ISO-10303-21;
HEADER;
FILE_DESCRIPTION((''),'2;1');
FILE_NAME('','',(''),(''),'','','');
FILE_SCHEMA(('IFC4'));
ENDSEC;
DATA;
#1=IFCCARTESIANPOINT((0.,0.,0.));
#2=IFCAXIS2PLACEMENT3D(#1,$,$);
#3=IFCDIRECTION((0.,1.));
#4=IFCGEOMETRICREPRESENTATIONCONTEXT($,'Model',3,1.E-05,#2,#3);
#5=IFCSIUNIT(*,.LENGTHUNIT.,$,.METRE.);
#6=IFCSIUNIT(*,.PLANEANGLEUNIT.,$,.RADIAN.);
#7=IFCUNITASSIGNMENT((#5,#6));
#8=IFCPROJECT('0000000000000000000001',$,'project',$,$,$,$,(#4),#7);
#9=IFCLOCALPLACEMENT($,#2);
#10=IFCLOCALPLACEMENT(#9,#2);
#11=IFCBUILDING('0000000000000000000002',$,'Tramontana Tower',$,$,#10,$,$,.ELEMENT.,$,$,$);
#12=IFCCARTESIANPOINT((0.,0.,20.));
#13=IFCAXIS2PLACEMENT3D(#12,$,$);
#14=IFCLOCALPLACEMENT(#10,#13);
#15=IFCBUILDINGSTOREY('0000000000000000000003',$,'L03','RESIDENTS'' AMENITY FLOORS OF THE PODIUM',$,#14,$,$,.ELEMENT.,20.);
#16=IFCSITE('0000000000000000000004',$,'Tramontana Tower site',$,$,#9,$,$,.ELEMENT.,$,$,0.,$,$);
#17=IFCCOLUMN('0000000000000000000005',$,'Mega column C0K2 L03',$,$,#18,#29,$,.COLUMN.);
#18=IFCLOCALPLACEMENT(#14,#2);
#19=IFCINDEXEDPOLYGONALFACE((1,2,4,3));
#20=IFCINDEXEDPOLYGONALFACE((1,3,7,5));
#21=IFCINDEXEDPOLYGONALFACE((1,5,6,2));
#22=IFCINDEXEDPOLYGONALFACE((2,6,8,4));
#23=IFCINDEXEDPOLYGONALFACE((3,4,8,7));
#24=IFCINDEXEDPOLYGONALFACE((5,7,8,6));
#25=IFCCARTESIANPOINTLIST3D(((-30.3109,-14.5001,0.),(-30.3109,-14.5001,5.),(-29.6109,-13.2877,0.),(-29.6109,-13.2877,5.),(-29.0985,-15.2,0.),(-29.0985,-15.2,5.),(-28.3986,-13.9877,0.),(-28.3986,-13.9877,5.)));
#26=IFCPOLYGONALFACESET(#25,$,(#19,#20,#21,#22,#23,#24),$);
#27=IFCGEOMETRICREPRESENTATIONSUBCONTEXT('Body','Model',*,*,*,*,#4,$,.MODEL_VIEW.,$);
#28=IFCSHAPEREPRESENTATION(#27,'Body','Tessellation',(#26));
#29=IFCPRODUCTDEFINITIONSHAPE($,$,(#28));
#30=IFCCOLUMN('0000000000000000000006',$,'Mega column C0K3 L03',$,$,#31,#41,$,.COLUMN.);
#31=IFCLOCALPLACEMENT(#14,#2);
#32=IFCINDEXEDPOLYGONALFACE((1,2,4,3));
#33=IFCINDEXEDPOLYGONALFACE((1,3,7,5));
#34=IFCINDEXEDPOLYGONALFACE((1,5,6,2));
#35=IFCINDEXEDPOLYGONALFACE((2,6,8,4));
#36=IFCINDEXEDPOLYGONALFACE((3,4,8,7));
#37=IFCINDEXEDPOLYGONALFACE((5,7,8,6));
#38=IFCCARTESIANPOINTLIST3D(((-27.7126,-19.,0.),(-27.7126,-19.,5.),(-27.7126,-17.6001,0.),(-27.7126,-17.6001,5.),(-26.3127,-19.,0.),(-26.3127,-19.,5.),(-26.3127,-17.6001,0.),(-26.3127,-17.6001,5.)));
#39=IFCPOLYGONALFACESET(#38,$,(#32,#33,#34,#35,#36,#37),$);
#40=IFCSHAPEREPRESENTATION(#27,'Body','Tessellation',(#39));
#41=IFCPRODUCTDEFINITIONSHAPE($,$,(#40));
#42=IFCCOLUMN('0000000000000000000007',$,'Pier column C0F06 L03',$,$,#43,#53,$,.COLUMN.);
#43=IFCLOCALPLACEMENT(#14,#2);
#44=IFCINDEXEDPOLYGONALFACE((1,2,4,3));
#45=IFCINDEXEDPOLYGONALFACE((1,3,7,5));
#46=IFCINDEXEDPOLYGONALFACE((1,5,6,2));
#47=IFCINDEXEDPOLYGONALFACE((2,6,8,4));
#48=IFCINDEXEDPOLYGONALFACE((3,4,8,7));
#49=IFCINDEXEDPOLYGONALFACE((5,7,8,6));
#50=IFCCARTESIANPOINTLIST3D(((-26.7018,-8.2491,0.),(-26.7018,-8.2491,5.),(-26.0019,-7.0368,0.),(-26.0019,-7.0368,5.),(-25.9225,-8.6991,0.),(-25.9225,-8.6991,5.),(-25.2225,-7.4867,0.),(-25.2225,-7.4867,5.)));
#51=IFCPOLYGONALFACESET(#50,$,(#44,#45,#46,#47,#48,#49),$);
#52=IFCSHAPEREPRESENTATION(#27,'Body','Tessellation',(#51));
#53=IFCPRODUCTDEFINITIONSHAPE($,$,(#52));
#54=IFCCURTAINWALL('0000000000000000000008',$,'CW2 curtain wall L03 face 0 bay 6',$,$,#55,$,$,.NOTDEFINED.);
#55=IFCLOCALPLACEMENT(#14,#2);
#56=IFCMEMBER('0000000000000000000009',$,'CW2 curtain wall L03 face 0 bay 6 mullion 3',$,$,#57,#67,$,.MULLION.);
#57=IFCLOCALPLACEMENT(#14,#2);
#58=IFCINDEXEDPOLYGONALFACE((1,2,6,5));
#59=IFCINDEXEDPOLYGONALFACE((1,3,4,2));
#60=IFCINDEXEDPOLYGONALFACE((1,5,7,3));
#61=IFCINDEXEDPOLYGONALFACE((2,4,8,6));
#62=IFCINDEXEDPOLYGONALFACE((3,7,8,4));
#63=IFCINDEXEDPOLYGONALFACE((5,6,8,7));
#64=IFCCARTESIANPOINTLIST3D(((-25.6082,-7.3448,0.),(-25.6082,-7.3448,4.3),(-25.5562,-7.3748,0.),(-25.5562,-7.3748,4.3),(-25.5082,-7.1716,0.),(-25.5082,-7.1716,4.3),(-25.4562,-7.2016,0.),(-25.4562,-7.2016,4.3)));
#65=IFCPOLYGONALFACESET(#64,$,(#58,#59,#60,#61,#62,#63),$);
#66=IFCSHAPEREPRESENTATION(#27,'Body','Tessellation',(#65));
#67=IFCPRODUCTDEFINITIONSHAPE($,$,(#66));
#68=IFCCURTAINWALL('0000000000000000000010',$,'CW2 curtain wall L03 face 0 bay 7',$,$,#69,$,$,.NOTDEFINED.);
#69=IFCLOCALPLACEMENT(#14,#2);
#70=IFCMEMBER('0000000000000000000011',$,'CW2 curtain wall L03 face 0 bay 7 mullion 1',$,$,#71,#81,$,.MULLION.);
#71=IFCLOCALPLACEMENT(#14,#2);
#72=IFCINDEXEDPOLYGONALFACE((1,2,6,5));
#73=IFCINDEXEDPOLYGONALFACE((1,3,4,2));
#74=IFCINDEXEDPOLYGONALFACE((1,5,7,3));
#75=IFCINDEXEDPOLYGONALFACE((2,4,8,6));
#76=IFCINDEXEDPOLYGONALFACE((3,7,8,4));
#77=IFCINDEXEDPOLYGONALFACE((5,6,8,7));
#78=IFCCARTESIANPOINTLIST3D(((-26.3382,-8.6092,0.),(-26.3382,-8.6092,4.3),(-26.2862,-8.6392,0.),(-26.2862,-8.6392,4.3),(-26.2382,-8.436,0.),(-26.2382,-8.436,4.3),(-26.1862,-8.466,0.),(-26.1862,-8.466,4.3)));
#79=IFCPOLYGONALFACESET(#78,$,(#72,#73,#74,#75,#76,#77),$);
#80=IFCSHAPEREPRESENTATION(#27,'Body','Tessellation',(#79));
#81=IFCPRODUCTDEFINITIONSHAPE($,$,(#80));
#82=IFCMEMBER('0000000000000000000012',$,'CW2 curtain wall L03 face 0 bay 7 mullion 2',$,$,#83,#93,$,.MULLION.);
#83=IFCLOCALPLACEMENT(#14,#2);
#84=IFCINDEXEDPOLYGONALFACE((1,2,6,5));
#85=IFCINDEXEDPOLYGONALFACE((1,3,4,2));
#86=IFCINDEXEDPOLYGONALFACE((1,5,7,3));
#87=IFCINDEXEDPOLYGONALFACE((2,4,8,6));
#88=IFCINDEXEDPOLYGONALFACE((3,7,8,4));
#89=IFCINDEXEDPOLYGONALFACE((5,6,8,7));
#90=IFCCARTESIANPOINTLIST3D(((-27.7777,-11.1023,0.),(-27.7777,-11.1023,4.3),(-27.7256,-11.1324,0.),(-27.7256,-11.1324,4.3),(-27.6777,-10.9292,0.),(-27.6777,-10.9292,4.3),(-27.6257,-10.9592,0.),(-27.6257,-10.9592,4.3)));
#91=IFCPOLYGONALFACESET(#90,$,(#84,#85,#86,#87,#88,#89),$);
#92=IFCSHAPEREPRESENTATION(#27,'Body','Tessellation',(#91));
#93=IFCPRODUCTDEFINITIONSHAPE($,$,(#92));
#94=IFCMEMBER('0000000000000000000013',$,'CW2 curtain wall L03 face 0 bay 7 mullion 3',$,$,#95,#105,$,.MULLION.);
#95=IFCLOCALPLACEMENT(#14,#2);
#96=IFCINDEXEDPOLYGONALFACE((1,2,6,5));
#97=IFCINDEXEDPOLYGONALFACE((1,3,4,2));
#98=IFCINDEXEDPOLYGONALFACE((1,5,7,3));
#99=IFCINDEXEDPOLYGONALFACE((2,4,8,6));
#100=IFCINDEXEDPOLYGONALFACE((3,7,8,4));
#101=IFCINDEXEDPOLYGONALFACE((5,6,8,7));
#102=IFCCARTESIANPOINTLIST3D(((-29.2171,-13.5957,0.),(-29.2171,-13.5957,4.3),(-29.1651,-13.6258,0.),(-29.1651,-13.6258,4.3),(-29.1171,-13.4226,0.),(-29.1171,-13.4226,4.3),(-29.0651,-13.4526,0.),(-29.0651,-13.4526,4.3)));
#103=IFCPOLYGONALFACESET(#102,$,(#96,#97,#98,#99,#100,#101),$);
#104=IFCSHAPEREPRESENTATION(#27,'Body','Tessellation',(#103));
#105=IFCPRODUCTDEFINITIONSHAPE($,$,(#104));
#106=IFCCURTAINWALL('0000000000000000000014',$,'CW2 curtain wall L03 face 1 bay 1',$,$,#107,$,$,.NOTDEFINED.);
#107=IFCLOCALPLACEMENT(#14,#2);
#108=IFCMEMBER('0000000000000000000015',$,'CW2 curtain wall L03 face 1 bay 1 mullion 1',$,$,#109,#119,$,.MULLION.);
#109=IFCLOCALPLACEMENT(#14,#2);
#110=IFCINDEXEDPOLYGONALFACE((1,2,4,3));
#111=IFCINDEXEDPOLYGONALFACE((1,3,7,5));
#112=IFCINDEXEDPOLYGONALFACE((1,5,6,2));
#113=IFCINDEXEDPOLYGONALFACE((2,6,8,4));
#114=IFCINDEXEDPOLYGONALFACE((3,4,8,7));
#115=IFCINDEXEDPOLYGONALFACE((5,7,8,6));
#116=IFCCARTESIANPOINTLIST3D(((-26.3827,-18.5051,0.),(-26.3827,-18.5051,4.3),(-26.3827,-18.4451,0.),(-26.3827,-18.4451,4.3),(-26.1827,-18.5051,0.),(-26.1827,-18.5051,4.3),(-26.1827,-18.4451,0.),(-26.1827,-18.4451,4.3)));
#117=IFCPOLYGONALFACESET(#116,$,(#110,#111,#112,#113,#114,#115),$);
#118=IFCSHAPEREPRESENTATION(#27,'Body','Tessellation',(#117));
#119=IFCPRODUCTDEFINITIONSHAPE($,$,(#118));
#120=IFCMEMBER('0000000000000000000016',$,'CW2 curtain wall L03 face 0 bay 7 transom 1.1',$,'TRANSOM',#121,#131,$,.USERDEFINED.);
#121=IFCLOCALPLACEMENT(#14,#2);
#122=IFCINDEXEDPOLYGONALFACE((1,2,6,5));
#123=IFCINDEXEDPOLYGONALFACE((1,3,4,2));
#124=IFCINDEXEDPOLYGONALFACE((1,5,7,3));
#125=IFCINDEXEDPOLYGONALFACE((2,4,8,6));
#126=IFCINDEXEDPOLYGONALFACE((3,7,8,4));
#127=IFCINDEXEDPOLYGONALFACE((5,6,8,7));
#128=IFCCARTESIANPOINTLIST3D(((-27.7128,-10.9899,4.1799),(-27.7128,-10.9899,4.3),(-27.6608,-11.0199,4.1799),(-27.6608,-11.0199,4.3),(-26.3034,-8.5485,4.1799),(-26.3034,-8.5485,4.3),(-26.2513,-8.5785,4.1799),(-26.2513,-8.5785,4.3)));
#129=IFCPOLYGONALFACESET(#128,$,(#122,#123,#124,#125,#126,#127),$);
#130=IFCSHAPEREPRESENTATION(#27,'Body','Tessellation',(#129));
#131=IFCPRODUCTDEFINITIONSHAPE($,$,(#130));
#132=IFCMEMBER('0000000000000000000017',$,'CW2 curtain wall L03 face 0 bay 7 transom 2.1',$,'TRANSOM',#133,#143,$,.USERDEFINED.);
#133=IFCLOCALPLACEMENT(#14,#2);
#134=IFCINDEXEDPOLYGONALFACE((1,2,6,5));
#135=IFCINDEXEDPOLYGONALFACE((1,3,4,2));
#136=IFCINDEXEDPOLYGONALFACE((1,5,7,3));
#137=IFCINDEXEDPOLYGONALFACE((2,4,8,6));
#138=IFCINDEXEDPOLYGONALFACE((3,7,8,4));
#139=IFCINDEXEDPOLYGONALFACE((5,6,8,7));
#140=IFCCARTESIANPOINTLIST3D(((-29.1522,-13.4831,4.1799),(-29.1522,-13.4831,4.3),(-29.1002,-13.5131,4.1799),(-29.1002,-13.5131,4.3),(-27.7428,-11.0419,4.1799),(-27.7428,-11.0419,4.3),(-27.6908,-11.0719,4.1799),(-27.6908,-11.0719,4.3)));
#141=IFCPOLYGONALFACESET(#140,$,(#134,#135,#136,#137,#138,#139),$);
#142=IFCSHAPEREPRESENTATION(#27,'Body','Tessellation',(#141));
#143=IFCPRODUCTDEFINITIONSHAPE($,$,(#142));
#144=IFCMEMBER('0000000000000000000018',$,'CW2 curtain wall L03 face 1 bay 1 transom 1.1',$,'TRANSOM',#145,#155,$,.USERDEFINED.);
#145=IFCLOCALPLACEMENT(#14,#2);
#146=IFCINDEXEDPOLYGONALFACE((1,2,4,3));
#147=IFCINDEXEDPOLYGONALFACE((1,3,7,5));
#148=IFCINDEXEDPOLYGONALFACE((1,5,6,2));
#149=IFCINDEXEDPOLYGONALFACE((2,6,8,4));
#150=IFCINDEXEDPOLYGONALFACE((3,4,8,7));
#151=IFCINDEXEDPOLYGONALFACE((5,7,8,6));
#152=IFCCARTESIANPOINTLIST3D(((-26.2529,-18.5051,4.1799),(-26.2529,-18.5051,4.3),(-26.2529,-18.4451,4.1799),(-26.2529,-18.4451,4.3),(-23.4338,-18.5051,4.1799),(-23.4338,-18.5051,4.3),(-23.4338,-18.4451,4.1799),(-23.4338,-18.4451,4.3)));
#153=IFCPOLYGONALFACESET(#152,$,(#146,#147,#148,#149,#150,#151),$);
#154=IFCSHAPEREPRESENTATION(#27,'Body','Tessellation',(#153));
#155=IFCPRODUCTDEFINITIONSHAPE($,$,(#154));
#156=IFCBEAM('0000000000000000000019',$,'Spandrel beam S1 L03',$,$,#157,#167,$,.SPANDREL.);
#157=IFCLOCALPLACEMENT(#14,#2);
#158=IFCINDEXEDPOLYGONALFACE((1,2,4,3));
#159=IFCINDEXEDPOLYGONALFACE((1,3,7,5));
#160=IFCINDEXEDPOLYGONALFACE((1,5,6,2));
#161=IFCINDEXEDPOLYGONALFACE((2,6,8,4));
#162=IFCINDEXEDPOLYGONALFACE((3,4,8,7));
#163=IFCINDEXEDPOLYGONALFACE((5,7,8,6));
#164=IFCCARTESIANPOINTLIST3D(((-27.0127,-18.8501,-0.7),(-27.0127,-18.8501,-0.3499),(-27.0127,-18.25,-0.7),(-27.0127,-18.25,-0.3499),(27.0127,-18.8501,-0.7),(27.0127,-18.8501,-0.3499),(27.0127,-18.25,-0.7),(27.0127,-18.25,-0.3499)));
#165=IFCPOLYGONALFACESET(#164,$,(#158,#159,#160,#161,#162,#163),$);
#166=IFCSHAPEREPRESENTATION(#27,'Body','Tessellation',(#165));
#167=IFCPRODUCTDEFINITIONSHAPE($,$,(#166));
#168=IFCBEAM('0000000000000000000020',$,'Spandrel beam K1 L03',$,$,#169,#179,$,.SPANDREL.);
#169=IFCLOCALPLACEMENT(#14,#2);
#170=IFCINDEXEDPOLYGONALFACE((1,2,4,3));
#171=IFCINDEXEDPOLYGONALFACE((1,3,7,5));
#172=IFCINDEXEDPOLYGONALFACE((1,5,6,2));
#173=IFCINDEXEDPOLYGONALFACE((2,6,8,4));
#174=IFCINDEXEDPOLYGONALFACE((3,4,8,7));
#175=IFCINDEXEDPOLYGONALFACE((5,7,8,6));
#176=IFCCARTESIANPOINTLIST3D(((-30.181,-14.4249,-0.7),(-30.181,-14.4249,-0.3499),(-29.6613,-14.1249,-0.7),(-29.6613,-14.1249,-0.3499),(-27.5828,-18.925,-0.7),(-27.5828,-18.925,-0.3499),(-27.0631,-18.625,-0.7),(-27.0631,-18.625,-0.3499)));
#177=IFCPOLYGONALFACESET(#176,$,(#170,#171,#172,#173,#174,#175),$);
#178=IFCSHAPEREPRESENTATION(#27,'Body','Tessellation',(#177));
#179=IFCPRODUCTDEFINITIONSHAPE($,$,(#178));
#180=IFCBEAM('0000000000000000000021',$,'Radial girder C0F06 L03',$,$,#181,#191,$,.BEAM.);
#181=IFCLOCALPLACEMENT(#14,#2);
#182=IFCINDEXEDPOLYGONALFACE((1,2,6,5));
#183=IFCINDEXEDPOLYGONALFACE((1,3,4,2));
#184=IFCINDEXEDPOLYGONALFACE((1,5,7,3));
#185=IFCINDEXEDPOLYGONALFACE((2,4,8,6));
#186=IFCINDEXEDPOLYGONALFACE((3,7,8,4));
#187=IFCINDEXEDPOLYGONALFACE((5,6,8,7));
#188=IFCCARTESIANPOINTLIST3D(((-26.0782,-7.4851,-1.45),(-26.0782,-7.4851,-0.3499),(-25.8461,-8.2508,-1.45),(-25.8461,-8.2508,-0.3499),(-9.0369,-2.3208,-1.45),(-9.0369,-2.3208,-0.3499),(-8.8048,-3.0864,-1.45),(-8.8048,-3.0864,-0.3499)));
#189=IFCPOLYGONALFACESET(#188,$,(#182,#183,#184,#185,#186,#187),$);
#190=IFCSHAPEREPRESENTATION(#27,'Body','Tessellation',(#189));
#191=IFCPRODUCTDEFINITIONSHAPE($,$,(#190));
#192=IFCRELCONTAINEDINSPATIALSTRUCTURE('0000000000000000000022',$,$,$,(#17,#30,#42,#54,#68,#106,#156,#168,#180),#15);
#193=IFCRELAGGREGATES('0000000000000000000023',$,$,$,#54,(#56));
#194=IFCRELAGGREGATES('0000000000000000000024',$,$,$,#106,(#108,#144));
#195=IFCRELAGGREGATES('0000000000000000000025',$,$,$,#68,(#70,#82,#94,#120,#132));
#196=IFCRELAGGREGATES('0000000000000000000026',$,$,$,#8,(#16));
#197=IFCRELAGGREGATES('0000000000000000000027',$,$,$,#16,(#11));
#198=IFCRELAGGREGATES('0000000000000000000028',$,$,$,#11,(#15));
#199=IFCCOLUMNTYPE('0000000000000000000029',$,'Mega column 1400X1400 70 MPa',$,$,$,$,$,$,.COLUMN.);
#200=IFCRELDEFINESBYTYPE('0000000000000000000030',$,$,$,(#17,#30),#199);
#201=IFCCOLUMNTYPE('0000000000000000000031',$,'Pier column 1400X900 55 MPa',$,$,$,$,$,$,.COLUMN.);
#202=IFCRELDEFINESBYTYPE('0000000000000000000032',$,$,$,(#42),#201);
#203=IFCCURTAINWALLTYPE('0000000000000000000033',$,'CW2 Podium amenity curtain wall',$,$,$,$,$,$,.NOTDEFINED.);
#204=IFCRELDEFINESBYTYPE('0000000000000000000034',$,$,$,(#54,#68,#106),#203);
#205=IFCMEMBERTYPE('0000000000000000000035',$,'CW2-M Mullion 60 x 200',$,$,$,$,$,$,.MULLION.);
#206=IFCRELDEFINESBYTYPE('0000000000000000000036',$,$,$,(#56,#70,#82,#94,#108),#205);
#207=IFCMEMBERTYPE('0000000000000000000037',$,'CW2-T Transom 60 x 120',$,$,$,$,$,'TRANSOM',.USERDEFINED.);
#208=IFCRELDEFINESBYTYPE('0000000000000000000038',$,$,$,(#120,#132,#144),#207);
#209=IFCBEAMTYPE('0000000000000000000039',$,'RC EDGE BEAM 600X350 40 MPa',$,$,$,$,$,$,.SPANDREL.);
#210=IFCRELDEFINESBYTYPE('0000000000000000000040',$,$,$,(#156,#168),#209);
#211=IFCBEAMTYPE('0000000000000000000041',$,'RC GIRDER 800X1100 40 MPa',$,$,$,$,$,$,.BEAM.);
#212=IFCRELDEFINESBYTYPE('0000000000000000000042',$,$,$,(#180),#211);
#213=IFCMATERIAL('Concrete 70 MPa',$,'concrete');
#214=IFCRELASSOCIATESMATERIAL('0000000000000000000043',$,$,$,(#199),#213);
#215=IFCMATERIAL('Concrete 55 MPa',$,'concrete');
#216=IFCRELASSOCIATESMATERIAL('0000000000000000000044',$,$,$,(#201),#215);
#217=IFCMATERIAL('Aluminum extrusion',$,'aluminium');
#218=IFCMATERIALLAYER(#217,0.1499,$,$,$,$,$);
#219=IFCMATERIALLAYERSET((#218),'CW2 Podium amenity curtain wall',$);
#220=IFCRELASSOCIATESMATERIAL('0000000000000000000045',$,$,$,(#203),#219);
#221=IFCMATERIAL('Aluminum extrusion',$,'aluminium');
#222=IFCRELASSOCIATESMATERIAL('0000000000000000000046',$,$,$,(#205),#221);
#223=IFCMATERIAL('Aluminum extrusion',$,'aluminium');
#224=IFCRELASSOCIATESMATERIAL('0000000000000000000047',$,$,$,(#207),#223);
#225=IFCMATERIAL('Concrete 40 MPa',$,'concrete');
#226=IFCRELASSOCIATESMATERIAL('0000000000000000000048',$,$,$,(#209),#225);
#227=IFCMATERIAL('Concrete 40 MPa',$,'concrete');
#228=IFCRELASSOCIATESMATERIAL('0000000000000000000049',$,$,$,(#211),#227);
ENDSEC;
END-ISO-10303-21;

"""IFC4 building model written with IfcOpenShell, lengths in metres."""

from ifc_helpers import new_model, si_unit, direction, frame, origin, origin_2d, place, context, subcontext, project, spatial, rectangle, extrude, material, layer, layer_set, material_profile, profile_set, type_object, element, aggregate, save


model = new_model("IFC4")

# Units and contexts
model_context = context("Model", 3, precision=1e-05, world=origin(), true_north=direction((0.0, 1.0)))
body_context = subcontext(model_context, "Body", "Model", "MODEL_VIEW")
ifc_project = project(units=[si_unit("LENGTHUNIT", "METRE"), si_unit("PLANEANGLEUNIT", "RADIAN")], contexts=[model_context])

# Site, building, storey
site_placement = place(None, origin())
site = spatial("IfcSite", under=ifc_project, at=site_placement, Name="Tramontana Tower site", CompositionType="ELEMENT", RefElevation=0.0)
building_placement = place(site_placement, origin())
building = spatial("IfcBuilding", under=site, at=building_placement, Name="Tramontana Tower", CompositionType="ELEMENT")
storey_placement = place(building_placement, frame((0.0, 0.0, 20.0)))
storey = spatial("IfcBuildingStorey", under=building, at=storey_placement, Name="L03", Description="RESIDENTS' AMENITY FLOORS OF THE PODIUM", CompositionType="ELEMENT", Elevation=20.0)

# Columns
ifc_material_1 = material(Name="Concrete 70 MPa", Category="concrete")
ifc_material_profile_1 = material_profile(ifc_material_1, rectangle(XDim=1.3999, YDim=1.3999, at=origin_2d()), Name="Mega column 1400X1400 70 MPa")
ifc_profile_set_1 = profile_set([ifc_material_profile_1], Name="Concrete 70 MPa")
column_type_1 = type_object("IfcColumnType", Name="Mega column 1400X1400 70 MPa", PredefinedType="COLUMN", material=ifc_profile_set_1)
for number, where, z_axis, x_axis, name in (
    (1, (-29.3547, -14.2439, 0.0), (0.0, 0.0, 1.0), (-0.5, -0.866025, 0.0), "Mega column C0K2 L03"),
    (2, (-27.0127, -18.3, 0.0), (0.0, 0.0, 1.0), (1.0, 0.0, 0.0), "Mega column C0K3 L03"),
):
    element("IfcColumn", number, at=place(storey_placement, frame(where, z_axis=z_axis, x_axis=x_axis)), inside=storey, type_object=column_type_1, Name=name, PredefinedType="COLUMN", context=body_context, shape_type="SweptSolid", body=[
        extrude(rectangle(XDim=1.3999, YDim=1.3999, at=origin_2d()), origin(), (0.0, 0.0, 1.0), 5.0),
    ])
ifc_material_2 = material(Name="Concrete 55 MPa", Category="concrete")
ifc_material_profile_2 = material_profile(ifc_material_2, rectangle(XDim=1.3999, YDim=0.8999, at=origin_2d()), Name="Pier column 1400X900 55 MPa")
ifc_profile_set_2 = profile_set([ifc_material_profile_2], Name="Concrete 55 MPa")
column_type_2 = type_object("IfcColumnType", Name="Pier column 1400X900 55 MPa", PredefinedType="COLUMN", material=ifc_profile_set_2)
column_placement = place(storey_placement, frame((-25.9622, -7.8679, 0.0), z_axis=(0.0, 0.0, 1.0), x_axis=(-0.5, -0.866025, 0.0)))
element("IfcColumn", 3, at=column_placement, inside=storey, type_object=column_type_2, Name="Pier column C0F06 L03", PredefinedType="COLUMN", context=body_context, shape_type="SweptSolid", body=[
    extrude(rectangle(XDim=1.3999, YDim=0.8999, at=origin_2d()), origin(), (0.0, 0.0, 1.0), 5.0),
])

# Curtain wall, member
ifc_material_3 = material(Name="Aluminum extrusion", Category="aluminium")
ifc_layer_1 = layer(ifc_material_3, 0.1499)
ifc_layer_set_1 = layer_set([ifc_layer_1], Name="CW2 Podium amenity curtain wall")
curtain_wall_type = type_object("IfcCurtainWallType", Name="CW2 Podium amenity curtain wall", PredefinedType="NOTDEFINED", material=ifc_layer_set_1)
curtain_wall_1_placement = place(storey_placement, origin())
curtain_wall_1 = element("IfcCurtainWall", 4, at=curtain_wall_1_placement, inside=storey, type_object=curtain_wall_type, Name="CW2 curtain wall L03 face 0 bay 6", PredefinedType="NOTDEFINED")
ifc_material_4 = material(Name="Aluminum extrusion", Category="aluminium")
ifc_material_profile_3 = material_profile(ifc_material_4, rectangle(XDim=0.0601, YDim=0.2, at=origin_2d()), Name="CW2-M Mullion 60 x 200")
ifc_profile_set_3 = profile_set([ifc_material_profile_3], Name="Aluminum extrusion")
member_type_1 = type_object("IfcMemberType", Name="CW2-M Mullion 60 x 200", PredefinedType="MULLION", material=ifc_profile_set_3)
member_1_placement = place(storey_placement, frame((-25.5322, -7.2732, 0.0), z_axis=(0.0, 0.0, 1.0), x_axis=(0.866025, -0.5, 0.0)))
member_1 = element("IfcMember", 5, at=member_1_placement, type_object=member_type_1, Name="CW2 curtain wall L03 face 0 bay 6 mullion 3", PredefinedType="MULLION", context=body_context, shape_type="SweptSolid", body=[
    extrude(rectangle(XDim=0.0601, YDim=0.2, at=origin_2d()), origin(), (0.0, 0.0, 1.0), 4.3),
])
aggregate(curtain_wall_1, [member_1])

# Curtain wall, members
curtain_wall_2_placement = place(storey_placement, origin())
curtain_wall_2 = element("IfcCurtainWall", 6, at=curtain_wall_2_placement, inside=storey, type_object=curtain_wall_type, Name="CW2 curtain wall L03 face 0 bay 7", PredefinedType="NOTDEFINED")
member_2_placement = place(storey_placement, frame((-26.2622, -8.5376, 0.0), z_axis=(0.0, 0.0, 1.0), x_axis=(0.866025, -0.5, 0.0)))
member_2 = element("IfcMember", 7, at=member_2_placement, type_object=member_type_1, Name="CW2 curtain wall L03 face 0 bay 7 mullion 1", PredefinedType="MULLION", context=body_context, shape_type="SweptSolid", body=[
    extrude(rectangle(XDim=0.0601, YDim=0.2, at=origin_2d()), origin(), (0.0, 0.0, 1.0), 4.3),
])
member_3_placement = place(storey_placement, frame((-27.7017, -11.0308, 0.0), z_axis=(0.0, 0.0, 1.0), x_axis=(0.866025, -0.5, 0.0)))
member_3 = element("IfcMember", 8, at=member_3_placement, type_object=member_type_1, Name="CW2 curtain wall L03 face 0 bay 7 mullion 2", PredefinedType="MULLION", context=body_context, shape_type="SweptSolid", body=[
    extrude(rectangle(XDim=0.0601, YDim=0.2, at=origin_2d()), origin(), (0.0, 0.0, 1.0), 4.3),
])
member_4_placement = place(storey_placement, frame((-29.1411, -13.5242, 0.0), z_axis=(0.0, 0.0, 1.0), x_axis=(0.866025, -0.5, 0.0)))
member_4 = element("IfcMember", 9, at=member_4_placement, type_object=member_type_1, Name="CW2 curtain wall L03 face 0 bay 7 mullion 3", PredefinedType="MULLION", context=body_context, shape_type="SweptSolid", body=[
    extrude(rectangle(XDim=0.0601, YDim=0.2, at=origin_2d()), origin(), (0.0, 0.0, 1.0), 4.3),
])

# Curtain wall, member
curtain_wall_3_placement = place(storey_placement, origin())
curtain_wall_3 = element("IfcCurtainWall", 10, at=curtain_wall_3_placement, inside=storey, type_object=curtain_wall_type, Name="CW2 curtain wall L03 face 1 bay 1", PredefinedType="NOTDEFINED")
member_5_placement = place(storey_placement, frame((-26.2827, -18.4751, 0.0), z_axis=(0.0, 0.0, 1.0), x_axis=(0.0, 1.0, 0.0)))
member_5 = element("IfcMember", 11, at=member_5_placement, type_object=member_type_1, Name="CW2 curtain wall L03 face 1 bay 1 mullion 1", PredefinedType="MULLION", context=body_context, shape_type="SweptSolid", body=[
    extrude(rectangle(XDim=0.0601, YDim=0.2, at=origin_2d()), origin(), (0.0, 0.0, 1.0), 4.3),
])

# Members
ifc_material_5 = material(Name="Aluminum extrusion", Category="aluminium")
ifc_material_profile_4 = material_profile(ifc_material_5, rectangle(XDim=0.0601, YDim=0.1201, at=origin_2d()), Name="CW2-T Transom 60 x 120")
ifc_profile_set_4 = profile_set([ifc_material_profile_4], Name="Aluminum extrusion")
member_type_2 = type_object("IfcMemberType", Name="CW2-T Transom 60 x 120", ElementType="TRANSOM", PredefinedType="USERDEFINED", material=ifc_profile_set_4)
member_6_placement = place(storey_placement, frame((-26.2773, -8.5635, 4.24), z_axis=(-0.499967, -0.866044, 0.0), x_axis=(0.866044, -0.499967, 0.0)))
member_6 = element("IfcMember", 12, at=member_6_placement, type_object=member_type_2, Name="CW2 curtain wall L03 face 0 bay 7 transom 1.1", ObjectType="TRANSOM", PredefinedType="USERDEFINED", context=body_context, shape_type="SweptSolid", body=[
    extrude(rectangle(XDim=0.0601, YDim=0.1201, at=origin_2d()), origin(), (0.0, 0.0, 1.0), 2.8191),
])
member_7_placement = place(storey_placement, frame((-27.7168, -11.0569, 4.24), z_axis=(-0.500005, -0.866023, 0.0), x_axis=(0.866023, -0.500005, 0.0)))
member_7 = element("IfcMember", 13, at=member_7_placement, type_object=member_type_2, Name="CW2 curtain wall L03 face 0 bay 7 transom 2.1", ObjectType="TRANSOM", PredefinedType="USERDEFINED", context=body_context, shape_type="SweptSolid", body=[
    extrude(rectangle(XDim=0.0601, YDim=0.1201, at=origin_2d()), origin(), (0.0, 0.0, 1.0), 2.8188),
])
member_8_placement = place(storey_placement, frame((-26.2529, -18.4751, 4.24), z_axis=(1.0, 0.0, 0.0), x_axis=(0.0, 1.0, 0.0)))
member_8 = element("IfcMember", 14, at=member_8_placement, type_object=member_type_2, Name="CW2 curtain wall L03 face 1 bay 1 transom 1.1", ObjectType="TRANSOM", PredefinedType="USERDEFINED", context=body_context, shape_type="SweptSolid", body=[
    extrude(rectangle(XDim=0.0601, YDim=0.1201, at=origin_2d()), origin(), (0.0, 0.0, 1.0), 2.8191),
])
aggregate(curtain_wall_3, [member_5, member_8])

# Beams
ifc_material_6 = material(Name="Concrete 40 MPa", Category="concrete")
ifc_material_profile_5 = material_profile(ifc_material_6, rectangle(XDim=0.6001, YDim=0.3501, at=origin_2d()), Name="RC EDGE BEAM 600X350 40 MPa")
ifc_profile_set_5 = profile_set([ifc_material_profile_5], Name="Concrete 40 MPa")
beam_type_1 = type_object("IfcBeamType", Name="RC EDGE BEAM 600X350 40 MPa", PredefinedType="SPANDREL", material=ifc_profile_set_5)
beam_1_placement = place(storey_placement, frame((-27.0127, -18.55, -0.5249), z_axis=(1.0, 0.0, 0.0), x_axis=(0.0, 1.0, 0.0)))
element("IfcBeam", 15, at=beam_1_placement, inside=storey, type_object=beam_type_1, Name="Spandrel beam S1 L03", PredefinedType="SPANDREL", context=body_context, shape_type="SweptSolid", body=[
    extrude(rectangle(XDim=0.6001, YDim=0.3501, at=origin_2d()), origin(), (0.0, 0.0, 1.0), 54.0254),
])
beam_2_placement = place(storey_placement, frame((-29.9211, -14.2749, -0.5249), z_axis=(0.50001, -0.86602, 0.0), x_axis=(0.86602, 0.50001, 0.0)))
element("IfcBeam", 16, at=beam_2_placement, inside=storey, type_object=beam_type_1, Name="Spandrel beam K1 L03", PredefinedType="SPANDREL", context=body_context, shape_type="SweptSolid", body=[
    extrude(rectangle(XDim=0.6001, YDim=0.3501, at=origin_2d()), origin(), (0.0, 0.0, 1.0), 5.1963),
])
ifc_material_7 = material(Name="Concrete 40 MPa", Category="concrete")
ifc_material_profile_6 = material_profile(ifc_material_7, rectangle(XDim=0.8, YDim=1.1001, at=origin_2d()), Name="RC GIRDER 800X1100 40 MPa")
ifc_profile_set_6 = profile_set([ifc_material_profile_6], Name="Concrete 40 MPa")
beam_type_2 = type_object("IfcBeamType", Name="RC GIRDER 800X1100 40 MPa", PredefinedType="BEAM", material=ifc_profile_set_6)
beam_3_placement = place(storey_placement, frame((-25.9622, -7.8679, -0.8999), z_axis=(0.95702, 0.290022, 0.0), x_axis=(-0.290022, 0.95702, 0.0)))
element("IfcBeam", 17, at=beam_3_placement, inside=storey, type_object=beam_type_2, Name="Radial girder C0F06 L03", PredefinedType="BEAM", context=body_context, shape_type="SweptSolid", body=[
    extrude(rectangle(XDim=0.8, YDim=1.1001, at=origin_2d()), origin(), (0.0, 0.0, 1.0), 17.8066),
])

aggregate(curtain_wall_2, [member_2, member_3, member_4, member_6, member_7])

save(model, "model.ifc")
